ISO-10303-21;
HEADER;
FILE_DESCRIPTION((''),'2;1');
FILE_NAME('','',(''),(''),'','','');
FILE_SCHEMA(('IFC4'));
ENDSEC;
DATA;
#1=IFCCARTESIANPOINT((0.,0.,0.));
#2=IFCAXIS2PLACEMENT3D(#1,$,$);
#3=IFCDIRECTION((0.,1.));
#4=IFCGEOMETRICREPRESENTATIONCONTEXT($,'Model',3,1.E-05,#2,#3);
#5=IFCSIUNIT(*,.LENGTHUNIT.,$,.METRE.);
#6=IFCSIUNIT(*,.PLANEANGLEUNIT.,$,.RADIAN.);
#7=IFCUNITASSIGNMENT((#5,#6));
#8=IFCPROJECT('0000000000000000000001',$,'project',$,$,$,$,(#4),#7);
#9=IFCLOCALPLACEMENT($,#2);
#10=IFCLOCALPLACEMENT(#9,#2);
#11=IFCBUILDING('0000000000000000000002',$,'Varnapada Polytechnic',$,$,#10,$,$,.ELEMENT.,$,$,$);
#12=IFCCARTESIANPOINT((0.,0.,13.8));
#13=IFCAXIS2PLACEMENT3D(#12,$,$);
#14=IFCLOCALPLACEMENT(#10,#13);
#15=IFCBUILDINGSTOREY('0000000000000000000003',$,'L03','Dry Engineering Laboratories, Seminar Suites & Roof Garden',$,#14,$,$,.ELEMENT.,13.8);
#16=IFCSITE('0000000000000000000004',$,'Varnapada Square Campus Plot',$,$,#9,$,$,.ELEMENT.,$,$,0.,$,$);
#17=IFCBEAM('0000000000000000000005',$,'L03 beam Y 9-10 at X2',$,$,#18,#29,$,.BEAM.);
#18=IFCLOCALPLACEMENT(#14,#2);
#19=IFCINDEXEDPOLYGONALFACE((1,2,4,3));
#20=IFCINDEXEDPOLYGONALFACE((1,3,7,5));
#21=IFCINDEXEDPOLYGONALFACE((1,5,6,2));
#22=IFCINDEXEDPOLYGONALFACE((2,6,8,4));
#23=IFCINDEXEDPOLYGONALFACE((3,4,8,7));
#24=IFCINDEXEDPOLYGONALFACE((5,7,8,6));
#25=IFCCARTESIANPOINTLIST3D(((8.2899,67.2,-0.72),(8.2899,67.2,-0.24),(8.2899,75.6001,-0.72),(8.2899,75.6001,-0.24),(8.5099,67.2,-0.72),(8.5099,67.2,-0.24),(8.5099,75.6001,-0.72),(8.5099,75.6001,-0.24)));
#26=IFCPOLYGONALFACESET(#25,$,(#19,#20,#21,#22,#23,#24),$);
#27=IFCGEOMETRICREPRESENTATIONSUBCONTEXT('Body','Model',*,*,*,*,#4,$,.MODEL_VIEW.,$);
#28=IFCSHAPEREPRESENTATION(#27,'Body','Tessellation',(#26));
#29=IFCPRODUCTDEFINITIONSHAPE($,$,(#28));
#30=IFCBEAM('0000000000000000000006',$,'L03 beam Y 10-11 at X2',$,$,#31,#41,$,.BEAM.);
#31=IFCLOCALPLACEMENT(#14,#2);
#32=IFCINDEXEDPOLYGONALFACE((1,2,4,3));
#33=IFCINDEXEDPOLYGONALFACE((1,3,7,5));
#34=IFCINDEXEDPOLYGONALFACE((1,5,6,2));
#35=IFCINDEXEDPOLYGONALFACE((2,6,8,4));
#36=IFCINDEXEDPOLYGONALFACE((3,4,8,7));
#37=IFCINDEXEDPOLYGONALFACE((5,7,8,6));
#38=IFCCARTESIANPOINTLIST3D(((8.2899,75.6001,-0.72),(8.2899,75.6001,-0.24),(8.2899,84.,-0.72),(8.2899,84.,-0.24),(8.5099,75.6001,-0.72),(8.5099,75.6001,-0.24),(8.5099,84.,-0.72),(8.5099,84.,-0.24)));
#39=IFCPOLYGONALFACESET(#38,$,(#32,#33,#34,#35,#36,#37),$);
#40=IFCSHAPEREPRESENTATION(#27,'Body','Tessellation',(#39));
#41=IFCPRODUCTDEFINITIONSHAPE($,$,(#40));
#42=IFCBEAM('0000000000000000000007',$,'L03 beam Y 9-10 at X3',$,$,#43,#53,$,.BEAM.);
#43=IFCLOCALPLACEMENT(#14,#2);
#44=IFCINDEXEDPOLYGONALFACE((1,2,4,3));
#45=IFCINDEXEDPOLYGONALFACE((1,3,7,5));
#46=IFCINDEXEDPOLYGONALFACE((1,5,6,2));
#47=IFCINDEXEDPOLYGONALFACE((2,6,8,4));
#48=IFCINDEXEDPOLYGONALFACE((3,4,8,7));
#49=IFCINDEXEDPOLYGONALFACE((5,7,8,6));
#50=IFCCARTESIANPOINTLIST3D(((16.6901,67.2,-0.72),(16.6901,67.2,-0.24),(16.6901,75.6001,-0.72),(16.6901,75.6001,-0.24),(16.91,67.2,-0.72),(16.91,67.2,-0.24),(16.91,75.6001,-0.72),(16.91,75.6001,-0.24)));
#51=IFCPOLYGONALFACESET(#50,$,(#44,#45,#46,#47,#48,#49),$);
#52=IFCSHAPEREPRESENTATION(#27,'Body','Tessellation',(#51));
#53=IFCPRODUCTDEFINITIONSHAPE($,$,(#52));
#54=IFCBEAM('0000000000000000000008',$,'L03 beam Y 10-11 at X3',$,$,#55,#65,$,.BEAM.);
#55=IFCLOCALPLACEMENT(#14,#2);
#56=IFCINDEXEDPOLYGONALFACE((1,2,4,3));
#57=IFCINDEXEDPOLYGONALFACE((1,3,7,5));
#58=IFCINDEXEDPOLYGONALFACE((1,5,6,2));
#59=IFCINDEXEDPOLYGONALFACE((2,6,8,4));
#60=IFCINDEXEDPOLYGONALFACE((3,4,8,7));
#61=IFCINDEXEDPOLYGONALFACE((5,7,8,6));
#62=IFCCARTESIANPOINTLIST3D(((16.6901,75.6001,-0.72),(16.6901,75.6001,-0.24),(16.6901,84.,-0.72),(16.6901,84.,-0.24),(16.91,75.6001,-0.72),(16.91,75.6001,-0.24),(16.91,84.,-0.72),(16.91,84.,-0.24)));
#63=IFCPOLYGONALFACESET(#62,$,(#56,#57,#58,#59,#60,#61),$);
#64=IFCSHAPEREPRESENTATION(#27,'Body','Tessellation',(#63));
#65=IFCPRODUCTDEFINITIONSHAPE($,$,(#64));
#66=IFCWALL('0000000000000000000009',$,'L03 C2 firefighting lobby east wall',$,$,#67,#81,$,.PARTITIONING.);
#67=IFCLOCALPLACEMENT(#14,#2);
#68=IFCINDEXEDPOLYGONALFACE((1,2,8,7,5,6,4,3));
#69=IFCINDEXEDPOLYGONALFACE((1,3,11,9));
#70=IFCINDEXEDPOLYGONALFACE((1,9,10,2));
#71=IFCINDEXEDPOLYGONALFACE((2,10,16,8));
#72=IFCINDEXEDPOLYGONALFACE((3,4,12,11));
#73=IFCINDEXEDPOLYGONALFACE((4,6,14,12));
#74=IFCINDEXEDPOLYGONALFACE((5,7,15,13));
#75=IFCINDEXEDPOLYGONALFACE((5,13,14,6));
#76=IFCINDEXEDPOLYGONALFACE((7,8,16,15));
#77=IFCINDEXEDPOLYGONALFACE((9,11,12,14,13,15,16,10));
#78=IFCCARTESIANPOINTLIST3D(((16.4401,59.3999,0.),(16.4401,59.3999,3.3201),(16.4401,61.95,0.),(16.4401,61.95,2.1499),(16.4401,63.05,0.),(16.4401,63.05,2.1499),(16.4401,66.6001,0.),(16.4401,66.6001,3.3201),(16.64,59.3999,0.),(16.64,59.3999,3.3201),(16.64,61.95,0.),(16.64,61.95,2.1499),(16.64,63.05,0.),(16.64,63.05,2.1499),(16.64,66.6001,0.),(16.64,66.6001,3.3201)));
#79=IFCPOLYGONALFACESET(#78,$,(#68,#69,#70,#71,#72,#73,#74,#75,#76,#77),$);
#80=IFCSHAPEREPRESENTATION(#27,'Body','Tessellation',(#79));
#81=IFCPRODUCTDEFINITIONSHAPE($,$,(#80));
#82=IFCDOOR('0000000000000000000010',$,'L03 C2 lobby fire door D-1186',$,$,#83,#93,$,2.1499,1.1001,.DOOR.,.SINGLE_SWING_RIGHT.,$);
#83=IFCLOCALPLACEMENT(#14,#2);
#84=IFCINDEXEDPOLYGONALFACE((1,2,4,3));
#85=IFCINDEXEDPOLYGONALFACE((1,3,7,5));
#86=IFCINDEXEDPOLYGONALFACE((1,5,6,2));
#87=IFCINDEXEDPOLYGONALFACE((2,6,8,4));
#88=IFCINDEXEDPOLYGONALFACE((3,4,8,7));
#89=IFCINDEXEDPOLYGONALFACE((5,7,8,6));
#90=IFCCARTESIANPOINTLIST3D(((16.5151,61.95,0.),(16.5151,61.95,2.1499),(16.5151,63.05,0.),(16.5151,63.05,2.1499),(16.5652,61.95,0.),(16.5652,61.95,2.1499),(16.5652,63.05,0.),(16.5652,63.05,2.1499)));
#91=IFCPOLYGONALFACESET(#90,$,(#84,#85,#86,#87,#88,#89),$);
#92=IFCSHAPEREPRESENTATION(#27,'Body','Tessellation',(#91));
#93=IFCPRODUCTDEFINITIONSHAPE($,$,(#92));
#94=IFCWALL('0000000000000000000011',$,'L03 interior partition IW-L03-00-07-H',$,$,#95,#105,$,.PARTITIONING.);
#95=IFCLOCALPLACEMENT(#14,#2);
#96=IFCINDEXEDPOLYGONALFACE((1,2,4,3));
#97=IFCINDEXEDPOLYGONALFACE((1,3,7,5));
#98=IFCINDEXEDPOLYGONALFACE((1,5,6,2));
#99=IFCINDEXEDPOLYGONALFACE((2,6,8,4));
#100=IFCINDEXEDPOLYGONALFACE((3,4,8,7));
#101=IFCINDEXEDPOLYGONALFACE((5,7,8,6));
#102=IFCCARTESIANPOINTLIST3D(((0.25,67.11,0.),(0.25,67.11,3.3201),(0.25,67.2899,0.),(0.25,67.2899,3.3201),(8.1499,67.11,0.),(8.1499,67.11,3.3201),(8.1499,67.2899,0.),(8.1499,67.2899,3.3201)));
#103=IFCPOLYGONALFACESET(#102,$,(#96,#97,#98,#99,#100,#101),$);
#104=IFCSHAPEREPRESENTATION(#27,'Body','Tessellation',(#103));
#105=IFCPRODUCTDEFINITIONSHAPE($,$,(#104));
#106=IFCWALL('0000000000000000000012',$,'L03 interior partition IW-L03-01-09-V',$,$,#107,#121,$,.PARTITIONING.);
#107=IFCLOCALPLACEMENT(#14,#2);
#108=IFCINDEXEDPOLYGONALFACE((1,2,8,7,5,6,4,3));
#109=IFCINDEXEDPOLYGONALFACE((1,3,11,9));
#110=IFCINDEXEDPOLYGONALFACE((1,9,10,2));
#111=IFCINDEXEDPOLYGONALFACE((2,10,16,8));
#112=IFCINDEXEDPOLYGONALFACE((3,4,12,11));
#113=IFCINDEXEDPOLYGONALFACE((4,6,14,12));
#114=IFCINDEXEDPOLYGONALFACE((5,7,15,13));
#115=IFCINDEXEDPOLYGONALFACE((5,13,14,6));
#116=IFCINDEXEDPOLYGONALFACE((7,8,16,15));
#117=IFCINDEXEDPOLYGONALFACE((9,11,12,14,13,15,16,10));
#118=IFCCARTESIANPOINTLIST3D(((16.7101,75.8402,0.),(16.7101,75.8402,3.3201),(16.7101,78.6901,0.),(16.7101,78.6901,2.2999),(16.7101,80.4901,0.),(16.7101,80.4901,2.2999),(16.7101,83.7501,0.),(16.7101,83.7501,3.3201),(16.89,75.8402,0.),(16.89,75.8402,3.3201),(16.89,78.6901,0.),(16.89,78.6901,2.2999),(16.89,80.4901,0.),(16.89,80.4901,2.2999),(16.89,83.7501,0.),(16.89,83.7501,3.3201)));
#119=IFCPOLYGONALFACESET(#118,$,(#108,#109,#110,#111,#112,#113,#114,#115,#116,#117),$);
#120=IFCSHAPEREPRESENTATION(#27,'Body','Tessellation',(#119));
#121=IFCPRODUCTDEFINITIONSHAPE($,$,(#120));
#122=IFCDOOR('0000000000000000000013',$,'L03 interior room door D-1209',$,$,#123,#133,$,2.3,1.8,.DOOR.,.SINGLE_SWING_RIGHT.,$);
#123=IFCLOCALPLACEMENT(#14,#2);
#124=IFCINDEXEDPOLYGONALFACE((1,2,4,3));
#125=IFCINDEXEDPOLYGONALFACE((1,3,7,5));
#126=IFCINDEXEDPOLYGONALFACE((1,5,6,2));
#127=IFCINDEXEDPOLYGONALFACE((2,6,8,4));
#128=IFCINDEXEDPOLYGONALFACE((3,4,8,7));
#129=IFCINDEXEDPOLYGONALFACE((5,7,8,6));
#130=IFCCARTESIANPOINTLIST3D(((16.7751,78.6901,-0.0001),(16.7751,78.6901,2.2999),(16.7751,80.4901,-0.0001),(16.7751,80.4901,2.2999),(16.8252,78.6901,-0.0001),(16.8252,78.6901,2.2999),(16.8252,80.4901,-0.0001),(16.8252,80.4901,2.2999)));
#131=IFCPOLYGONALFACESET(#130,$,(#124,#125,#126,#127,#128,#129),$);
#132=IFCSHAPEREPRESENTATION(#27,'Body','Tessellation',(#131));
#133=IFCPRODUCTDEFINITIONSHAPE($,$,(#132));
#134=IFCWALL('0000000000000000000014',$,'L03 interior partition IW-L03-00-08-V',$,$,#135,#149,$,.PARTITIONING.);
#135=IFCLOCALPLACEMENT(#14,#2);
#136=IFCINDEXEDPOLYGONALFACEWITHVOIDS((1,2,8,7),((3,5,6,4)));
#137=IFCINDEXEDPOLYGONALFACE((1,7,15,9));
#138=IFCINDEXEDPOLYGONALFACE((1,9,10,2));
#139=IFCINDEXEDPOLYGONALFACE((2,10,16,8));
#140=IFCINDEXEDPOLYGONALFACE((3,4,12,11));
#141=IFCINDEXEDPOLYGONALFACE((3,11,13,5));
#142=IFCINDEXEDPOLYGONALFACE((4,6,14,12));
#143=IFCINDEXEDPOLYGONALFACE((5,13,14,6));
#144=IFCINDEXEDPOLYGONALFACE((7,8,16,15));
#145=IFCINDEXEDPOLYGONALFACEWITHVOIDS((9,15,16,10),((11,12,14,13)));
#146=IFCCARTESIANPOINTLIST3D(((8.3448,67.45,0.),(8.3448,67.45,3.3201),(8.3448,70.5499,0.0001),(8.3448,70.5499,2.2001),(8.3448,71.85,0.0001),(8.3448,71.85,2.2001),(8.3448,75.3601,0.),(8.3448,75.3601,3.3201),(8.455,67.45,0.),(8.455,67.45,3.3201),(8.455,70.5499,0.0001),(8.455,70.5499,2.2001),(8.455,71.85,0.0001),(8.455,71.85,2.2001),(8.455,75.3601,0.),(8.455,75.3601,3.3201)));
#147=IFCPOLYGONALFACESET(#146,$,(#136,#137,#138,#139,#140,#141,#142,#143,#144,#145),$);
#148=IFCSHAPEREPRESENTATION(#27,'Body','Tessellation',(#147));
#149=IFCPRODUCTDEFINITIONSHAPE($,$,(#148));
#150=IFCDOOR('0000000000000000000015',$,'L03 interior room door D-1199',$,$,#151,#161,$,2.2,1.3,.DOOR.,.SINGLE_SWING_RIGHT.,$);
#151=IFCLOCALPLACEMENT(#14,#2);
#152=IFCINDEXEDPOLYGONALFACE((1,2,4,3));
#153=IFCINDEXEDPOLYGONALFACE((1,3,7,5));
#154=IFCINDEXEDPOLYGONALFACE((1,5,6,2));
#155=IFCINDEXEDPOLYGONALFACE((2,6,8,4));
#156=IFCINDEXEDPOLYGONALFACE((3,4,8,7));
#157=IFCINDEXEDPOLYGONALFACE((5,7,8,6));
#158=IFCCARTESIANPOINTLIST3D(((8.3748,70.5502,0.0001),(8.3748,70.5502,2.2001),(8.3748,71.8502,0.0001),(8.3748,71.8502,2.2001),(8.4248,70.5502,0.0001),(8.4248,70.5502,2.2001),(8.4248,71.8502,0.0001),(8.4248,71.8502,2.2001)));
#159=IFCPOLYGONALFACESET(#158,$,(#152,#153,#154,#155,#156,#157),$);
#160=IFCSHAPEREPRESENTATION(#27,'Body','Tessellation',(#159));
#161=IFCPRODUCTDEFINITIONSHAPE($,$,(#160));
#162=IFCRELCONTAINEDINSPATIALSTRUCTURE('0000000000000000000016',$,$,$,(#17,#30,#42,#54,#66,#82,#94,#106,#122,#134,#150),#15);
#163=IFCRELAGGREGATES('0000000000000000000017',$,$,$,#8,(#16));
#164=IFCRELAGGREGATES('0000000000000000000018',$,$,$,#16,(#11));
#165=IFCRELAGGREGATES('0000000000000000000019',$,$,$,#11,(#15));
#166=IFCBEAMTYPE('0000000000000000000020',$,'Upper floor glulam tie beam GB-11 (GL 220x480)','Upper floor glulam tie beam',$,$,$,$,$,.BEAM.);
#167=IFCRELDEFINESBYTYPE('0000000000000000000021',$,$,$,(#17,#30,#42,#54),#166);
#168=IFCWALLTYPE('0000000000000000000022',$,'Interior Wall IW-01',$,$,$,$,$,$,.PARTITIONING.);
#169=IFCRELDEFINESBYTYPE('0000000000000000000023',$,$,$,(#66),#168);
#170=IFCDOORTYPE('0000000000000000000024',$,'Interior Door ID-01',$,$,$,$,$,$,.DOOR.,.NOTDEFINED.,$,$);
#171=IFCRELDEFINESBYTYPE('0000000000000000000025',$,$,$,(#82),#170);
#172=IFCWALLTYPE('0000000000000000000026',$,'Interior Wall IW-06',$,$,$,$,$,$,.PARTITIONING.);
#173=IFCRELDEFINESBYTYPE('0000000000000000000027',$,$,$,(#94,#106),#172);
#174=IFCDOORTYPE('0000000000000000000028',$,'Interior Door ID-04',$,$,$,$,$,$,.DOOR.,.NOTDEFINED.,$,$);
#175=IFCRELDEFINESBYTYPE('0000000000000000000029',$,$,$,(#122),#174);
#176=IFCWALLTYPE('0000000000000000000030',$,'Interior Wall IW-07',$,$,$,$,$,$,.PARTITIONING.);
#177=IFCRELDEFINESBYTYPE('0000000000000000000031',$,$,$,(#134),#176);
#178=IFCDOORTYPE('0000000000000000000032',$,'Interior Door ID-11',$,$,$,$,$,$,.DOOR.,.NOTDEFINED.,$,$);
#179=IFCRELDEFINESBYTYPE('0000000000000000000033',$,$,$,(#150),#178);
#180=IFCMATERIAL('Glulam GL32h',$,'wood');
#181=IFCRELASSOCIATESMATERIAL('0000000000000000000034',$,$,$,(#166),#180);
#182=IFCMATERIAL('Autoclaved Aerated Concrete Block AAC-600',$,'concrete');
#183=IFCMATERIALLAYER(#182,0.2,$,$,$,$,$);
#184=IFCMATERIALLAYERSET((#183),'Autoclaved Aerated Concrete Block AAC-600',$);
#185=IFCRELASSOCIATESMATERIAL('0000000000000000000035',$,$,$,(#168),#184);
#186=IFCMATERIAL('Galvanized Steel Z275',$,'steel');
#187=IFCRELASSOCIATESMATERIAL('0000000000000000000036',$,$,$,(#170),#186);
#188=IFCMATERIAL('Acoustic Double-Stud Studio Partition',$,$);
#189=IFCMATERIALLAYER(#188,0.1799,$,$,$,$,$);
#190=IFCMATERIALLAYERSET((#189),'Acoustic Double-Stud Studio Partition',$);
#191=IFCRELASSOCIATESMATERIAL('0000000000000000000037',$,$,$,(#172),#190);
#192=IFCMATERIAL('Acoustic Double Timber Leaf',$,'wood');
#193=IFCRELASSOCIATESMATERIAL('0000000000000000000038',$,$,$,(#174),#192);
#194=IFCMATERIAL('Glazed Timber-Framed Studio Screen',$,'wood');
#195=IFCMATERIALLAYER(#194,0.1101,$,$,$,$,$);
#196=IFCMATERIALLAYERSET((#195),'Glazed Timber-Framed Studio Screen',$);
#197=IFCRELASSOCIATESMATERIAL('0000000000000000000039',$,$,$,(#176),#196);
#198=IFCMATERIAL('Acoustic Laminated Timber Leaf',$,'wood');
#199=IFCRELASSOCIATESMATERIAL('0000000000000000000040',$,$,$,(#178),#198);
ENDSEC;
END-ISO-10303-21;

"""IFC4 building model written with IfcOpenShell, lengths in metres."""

from ifc_helpers import new_model, si_unit, direction, frame, frame_2d, origin, origin_2d, place, context, subcontext, project, spatial, rectangle, extrude, material, layer, layer_set, material_profile, profile_set, type_object, element, fill, save


model = new_model("IFC4")

# Units and contexts
model_context = context("Model", 3, precision=1e-05, world=origin(), true_north=direction((0.0, 1.0)))
body_context = subcontext(model_context, "Body", "Model", "MODEL_VIEW")
ifc_project = project(units=[si_unit("LENGTHUNIT", "METRE"), si_unit("PLANEANGLEUNIT", "RADIAN")], contexts=[model_context])

# Site, building, storey
site_placement = place(None, origin())
site = spatial("IfcSite", under=ifc_project, at=site_placement, Name="Varnapada Square Campus Plot", CompositionType="ELEMENT", RefElevation=0.0)
building_placement = place(site_placement, origin())
building = spatial("IfcBuilding", under=site, at=building_placement, Name="Varnapada Polytechnic", CompositionType="ELEMENT")
storey_placement = place(building_placement, frame((0.0, 0.0, 13.8)))
storey = spatial("IfcBuildingStorey", under=building, at=storey_placement, Name="L03", Description="Dry Engineering Laboratories, Seminar Suites & Roof Garden", CompositionType="ELEMENT", Elevation=13.8)

# Shared definitions
ifc_material_1 = material(Name="Glulam GL32h", Category="wood")

# Beams
ifc_material_profile_1 = material_profile(ifc_material_1, rectangle(XDim=0.22, YDim=0.48, at=origin_2d()), Name="GL 220x480")
ifc_profile_set_1 = profile_set([ifc_material_profile_1], Name="Glulam GL32h")
beam_type_1 = type_object("IfcBeamType", Name="Upper floor glulam tie beam GB-11 (GL 220x480)", Description="Upper floor glulam tie beam", PredefinedType="BEAM", material=ifc_profile_set_1)
beam_1_placement = place(storey_placement, frame((8.3999, 67.2, -0.48), z_axis=(0.0, 1.0, 0.0), x_axis=(-1.0, 0.0, 0.0)))
element("IfcBeam", 1, at=beam_1_placement, inside=storey, type_object=beam_type_1, Name="L03 beam Y 9-10 at X2", PredefinedType="BEAM", context=body_context, shape_type="SweptSolid", body=[
    extrude(rectangle(XDim=0.22, YDim=0.48, at=origin_2d()), origin(), (0.0, 0.0, 1.0), 8.4001),
])
beam_2_placement = place(storey_placement, frame((8.3999, 75.6001, -0.48), z_axis=(0.0, 1.0, 0.0), x_axis=(-1.0, 0.0, 0.0)))
element("IfcBeam", 2, at=beam_2_placement, inside=storey, type_object=beam_type_1, Name="L03 beam Y 10-11 at X2", PredefinedType="BEAM", context=body_context, shape_type="SweptSolid", body=[
    extrude(rectangle(XDim=0.22, YDim=0.48, at=origin_2d()), origin(), (0.0, 0.0, 1.0), 8.3999),
])
beam_3_placement = place(storey_placement, frame((16.8, 67.2, -0.48), z_axis=(0.0, 1.0, 0.0), x_axis=(-1.0, 0.0, 0.0)))
element("IfcBeam", 3, at=beam_3_placement, inside=storey, type_object=beam_type_1, Name="L03 beam Y 9-10 at X3", PredefinedType="BEAM", context=body_context, shape_type="SweptSolid", body=[
    extrude(rectangle(XDim=0.22, YDim=0.48, at=origin_2d()), origin(), (0.0, 0.0, 1.0), 8.4001),
])
beam_4_placement = place(storey_placement, frame((16.8, 75.6001, -0.48), z_axis=(0.0, 1.0, 0.0), x_axis=(-1.0, 0.0, 0.0)))
element("IfcBeam", 4, at=beam_4_placement, inside=storey, type_object=beam_type_1, Name="L03 beam Y 10-11 at X3", PredefinedType="BEAM", context=body_context, shape_type="SweptSolid", body=[
    extrude(rectangle(XDim=0.22, YDim=0.48, at=origin_2d()), origin(), (0.0, 0.0, 1.0), 8.3999),
])

# Wall, opening, door
ifc_material_2 = material(Name="Autoclaved Aerated Concrete Block AAC-600", Category="concrete")
ifc_layer_1 = layer(ifc_material_2, 0.2)
ifc_layer_set_1 = layer_set([ifc_layer_1], Name="Autoclaved Aerated Concrete Block AAC-600")
wall_type_1 = type_object("IfcWallType", Name="Interior Wall IW-01", PredefinedType="PARTITIONING", material=ifc_layer_set_1)
wall_1_placement = place(storey_placement, frame((16.54, 66.6001, 0.0), z_axis=(0.0, 0.0, 1.0), x_axis=(0.0, -1.0, 0.0)))
wall_1 = element("IfcWall", 5, at=wall_1_placement, inside=storey, type_object=wall_type_1, Name="L03 C2 firefighting lobby east wall", PredefinedType="PARTITIONING", context=body_context, shape_type="SweptSolid", body=[
    extrude(rectangle(XDim=7.2002, YDim=0.2, at=frame_2d((3.6001, 0.0))), origin(), (0.0, 0.0, 1.0), 3.3201),
])
opening_1_placement = place(wall_1_placement, frame((3.55, 0.0, 0.0)))
opening_1 = element("IfcOpeningElement", 6, at=opening_1_placement, cuts=wall_1, PredefinedType="OPENING", context=body_context, shape_type="SweptSolid", body=[
    extrude(rectangle(XDim=1.1001, YDim=2.1499, at=frame_2d((0.55, 1.075))), frame((0.0, 0.1099, 0.0), z_axis=(0.0, -1.0, 0.0), x_axis=(1.0, 0.0, 0.0)), (0.0, 0.0, 1.0), 0.22),
])
ifc_material_3 = material(Name="Galvanized Steel Z275", Category="steel")
door_type_1 = type_object("IfcDoorType", Name="Interior Door ID-01", OperationType="NOTDEFINED", PredefinedType="DOOR", material=ifc_material_3)
door_1_placement = place(opening_1_placement, frame((1.1001, 0.0, 0.0), z_axis=(0.0, 0.0, 1.0), x_axis=(-1.0, 0.0, 0.0)))
door_1 = element("IfcDoor", 7, at=door_1_placement, inside=storey, type_object=door_type_1, Name="L03 C2 lobby fire door D-1186", OperationType="SINGLE_SWING_RIGHT", OverallHeight=2.1499, OverallWidth=1.1001, PredefinedType="DOOR", context=body_context, shape_type="SweptSolid", body=[
    extrude(rectangle(XDim=1.1001, YDim=2.1499, at=frame_2d((0.55, 1.075))), frame((0.0, 0.0249, 0.0), z_axis=(0.0, -1.0, 0.0), x_axis=(1.0, 0.0, 0.0)), (0.0, 0.0, 1.0), 0.05),
])
fill(opening_1, door_1)

# Wall
ifc_material_4 = material(Name="Acoustic Double-Stud Studio Partition")
ifc_layer_2 = layer(ifc_material_4, 0.1799)
ifc_layer_set_2 = layer_set([ifc_layer_2], Name="Acoustic Double-Stud Studio Partition")
wall_type_2 = type_object("IfcWallType", Name="Interior Wall IW-06", PredefinedType="PARTITIONING", material=ifc_layer_set_2)
wall_2_placement = place(storey_placement, frame((0.25, 67.2, 0.0), z_axis=(0.0, 0.0, 1.0), x_axis=(1.0, 0.0, 0.0)))
element("IfcWall", 8, at=wall_2_placement, inside=storey, type_object=wall_type_2, Name="L03 interior partition IW-L03-00-07-H", PredefinedType="PARTITIONING", context=body_context, shape_type="SweptSolid", body=[
    extrude(rectangle(XDim=7.8999, YDim=0.1799, at=frame_2d((3.95, 0.0))), origin(), (0.0, 0.0, 1.0), 3.3201),
])

# Walls, openings, doors
wall_3_placement = place(storey_placement, frame((16.8, 75.8401, 0.0), z_axis=(0.0, 0.0, 1.0), x_axis=(0.0, 1.0, 0.0)))
wall_3 = element("IfcWall", 9, at=wall_3_placement, inside=storey, type_object=wall_type_2, Name="L03 interior partition IW-L03-01-09-V", PredefinedType="PARTITIONING", context=body_context, shape_type="SweptSolid", body=[
    extrude(rectangle(XDim=7.9099, YDim=0.1799, at=frame_2d((3.9551, 0.0))), origin(), (0.0, 0.0, 1.0), 3.3201),
])
opening_2_placement = place(wall_3_placement, frame((2.8501, 0.0, 0.0)))
opening_2 = element("IfcOpeningElement", 10, at=opening_2_placement, cuts=wall_3, PredefinedType="OPENING", context=body_context, shape_type="SweptSolid", body=[
    extrude(rectangle(XDim=1.8, YDim=2.3, at=frame_2d((0.8999, 1.1499))), frame((0.0, 0.0999, 0.0), z_axis=(0.0, -1.0, 0.0), x_axis=(1.0, 0.0, 0.0)), (0.0, 0.0, 1.0), 0.2),
])
ifc_material_5 = material(Name="Acoustic Double Timber Leaf", Category="wood")
door_type_2 = type_object("IfcDoorType", Name="Interior Door ID-04", OperationType="NOTDEFINED", PredefinedType="DOOR", material=ifc_material_5)
door_2_placement = place(opening_2_placement, origin())
door_2 = element("IfcDoor", 11, at=door_2_placement, inside=storey, type_object=door_type_2, Name="L03 interior room door D-1209", OperationType="SINGLE_SWING_RIGHT", OverallHeight=2.3, OverallWidth=1.8, PredefinedType="DOOR", context=body_context, shape_type="SweptSolid", body=[
    extrude(rectangle(XDim=1.8, YDim=2.3, at=frame_2d((0.8999, 1.1499))), frame((0.0, 0.0249, 0.0), z_axis=(0.0, -1.0, 0.0), x_axis=(1.0, 0.0, 0.0)), (0.0, 0.0, 1.0), 0.05),
])
fill(opening_2, door_2)
ifc_material_6 = material(Name="Glazed Timber-Framed Studio Screen", Category="wood")
ifc_layer_3 = layer(ifc_material_6, 0.1101)
ifc_layer_set_3 = layer_set([ifc_layer_3], Name="Glazed Timber-Framed Studio Screen")
wall_type_3 = type_object("IfcWallType", Name="Interior Wall IW-07", PredefinedType="PARTITIONING", material=ifc_layer_set_3)
wall_4_placement = place(storey_placement, frame((8.3999, 67.45, 0.0), z_axis=(0.0, 0.0, 1.0), x_axis=(0.0, 1.0, 0.0)))
wall_4 = element("IfcWall", 12, at=wall_4_placement, inside=storey, type_object=wall_type_3, Name="L03 interior partition IW-L03-00-08-V", PredefinedType="PARTITIONING", context=body_context, shape_type="SweptSolid", body=[
    extrude(rectangle(XDim=7.9102, YDim=0.1101, at=frame_2d((3.9551, 0.0))), origin(), (0.0, 0.0, 1.0), 3.3201),
])
opening_3_placement = place(wall_4_placement, frame((3.1001, 0.0, 0.0)))
opening_3 = element("IfcOpeningElement", 13, at=opening_3_placement, cuts=wall_4, PredefinedType="OPENING", context=body_context, shape_type="SweptSolid", body=[
    extrude(rectangle(XDim=1.3, YDim=2.2, at=frame_2d((0.6499, 1.1001))), frame((0.0, 0.0649, 0.0), z_axis=(0.0, -1.0, 0.0), x_axis=(1.0, 0.0, 0.0)), (0.0, 0.0, 1.0), 0.1301),
])
ifc_material_7 = material(Name="Acoustic Laminated Timber Leaf", Category="wood")
door_type_3 = type_object("IfcDoorType", Name="Interior Door ID-11", OperationType="NOTDEFINED", PredefinedType="DOOR", material=ifc_material_7)
door_3_placement = place(opening_3_placement, frame((1.3, 0.0, 0.0), z_axis=(0.0, 0.0, 1.0), x_axis=(-1.0, 0.0, 0.0)))
door_3 = element("IfcDoor", 14, at=door_3_placement, inside=storey, type_object=door_type_3, Name="L03 interior room door D-1199", OperationType="SINGLE_SWING_RIGHT", OverallHeight=2.2, OverallWidth=1.3, PredefinedType="DOOR", context=body_context, shape_type="SweptSolid", body=[
    extrude(rectangle(XDim=1.3, YDim=2.2, at=frame_2d((0.6499, 1.1001))), frame((0.0, 0.0249, 0.0), z_axis=(0.0, -1.0, 0.0), x_axis=(1.0, 0.0, 0.0)), (0.0, 0.0, 1.0), 0.05),
])
fill(opening_3, door_3)

save(model, "model.ifc")
